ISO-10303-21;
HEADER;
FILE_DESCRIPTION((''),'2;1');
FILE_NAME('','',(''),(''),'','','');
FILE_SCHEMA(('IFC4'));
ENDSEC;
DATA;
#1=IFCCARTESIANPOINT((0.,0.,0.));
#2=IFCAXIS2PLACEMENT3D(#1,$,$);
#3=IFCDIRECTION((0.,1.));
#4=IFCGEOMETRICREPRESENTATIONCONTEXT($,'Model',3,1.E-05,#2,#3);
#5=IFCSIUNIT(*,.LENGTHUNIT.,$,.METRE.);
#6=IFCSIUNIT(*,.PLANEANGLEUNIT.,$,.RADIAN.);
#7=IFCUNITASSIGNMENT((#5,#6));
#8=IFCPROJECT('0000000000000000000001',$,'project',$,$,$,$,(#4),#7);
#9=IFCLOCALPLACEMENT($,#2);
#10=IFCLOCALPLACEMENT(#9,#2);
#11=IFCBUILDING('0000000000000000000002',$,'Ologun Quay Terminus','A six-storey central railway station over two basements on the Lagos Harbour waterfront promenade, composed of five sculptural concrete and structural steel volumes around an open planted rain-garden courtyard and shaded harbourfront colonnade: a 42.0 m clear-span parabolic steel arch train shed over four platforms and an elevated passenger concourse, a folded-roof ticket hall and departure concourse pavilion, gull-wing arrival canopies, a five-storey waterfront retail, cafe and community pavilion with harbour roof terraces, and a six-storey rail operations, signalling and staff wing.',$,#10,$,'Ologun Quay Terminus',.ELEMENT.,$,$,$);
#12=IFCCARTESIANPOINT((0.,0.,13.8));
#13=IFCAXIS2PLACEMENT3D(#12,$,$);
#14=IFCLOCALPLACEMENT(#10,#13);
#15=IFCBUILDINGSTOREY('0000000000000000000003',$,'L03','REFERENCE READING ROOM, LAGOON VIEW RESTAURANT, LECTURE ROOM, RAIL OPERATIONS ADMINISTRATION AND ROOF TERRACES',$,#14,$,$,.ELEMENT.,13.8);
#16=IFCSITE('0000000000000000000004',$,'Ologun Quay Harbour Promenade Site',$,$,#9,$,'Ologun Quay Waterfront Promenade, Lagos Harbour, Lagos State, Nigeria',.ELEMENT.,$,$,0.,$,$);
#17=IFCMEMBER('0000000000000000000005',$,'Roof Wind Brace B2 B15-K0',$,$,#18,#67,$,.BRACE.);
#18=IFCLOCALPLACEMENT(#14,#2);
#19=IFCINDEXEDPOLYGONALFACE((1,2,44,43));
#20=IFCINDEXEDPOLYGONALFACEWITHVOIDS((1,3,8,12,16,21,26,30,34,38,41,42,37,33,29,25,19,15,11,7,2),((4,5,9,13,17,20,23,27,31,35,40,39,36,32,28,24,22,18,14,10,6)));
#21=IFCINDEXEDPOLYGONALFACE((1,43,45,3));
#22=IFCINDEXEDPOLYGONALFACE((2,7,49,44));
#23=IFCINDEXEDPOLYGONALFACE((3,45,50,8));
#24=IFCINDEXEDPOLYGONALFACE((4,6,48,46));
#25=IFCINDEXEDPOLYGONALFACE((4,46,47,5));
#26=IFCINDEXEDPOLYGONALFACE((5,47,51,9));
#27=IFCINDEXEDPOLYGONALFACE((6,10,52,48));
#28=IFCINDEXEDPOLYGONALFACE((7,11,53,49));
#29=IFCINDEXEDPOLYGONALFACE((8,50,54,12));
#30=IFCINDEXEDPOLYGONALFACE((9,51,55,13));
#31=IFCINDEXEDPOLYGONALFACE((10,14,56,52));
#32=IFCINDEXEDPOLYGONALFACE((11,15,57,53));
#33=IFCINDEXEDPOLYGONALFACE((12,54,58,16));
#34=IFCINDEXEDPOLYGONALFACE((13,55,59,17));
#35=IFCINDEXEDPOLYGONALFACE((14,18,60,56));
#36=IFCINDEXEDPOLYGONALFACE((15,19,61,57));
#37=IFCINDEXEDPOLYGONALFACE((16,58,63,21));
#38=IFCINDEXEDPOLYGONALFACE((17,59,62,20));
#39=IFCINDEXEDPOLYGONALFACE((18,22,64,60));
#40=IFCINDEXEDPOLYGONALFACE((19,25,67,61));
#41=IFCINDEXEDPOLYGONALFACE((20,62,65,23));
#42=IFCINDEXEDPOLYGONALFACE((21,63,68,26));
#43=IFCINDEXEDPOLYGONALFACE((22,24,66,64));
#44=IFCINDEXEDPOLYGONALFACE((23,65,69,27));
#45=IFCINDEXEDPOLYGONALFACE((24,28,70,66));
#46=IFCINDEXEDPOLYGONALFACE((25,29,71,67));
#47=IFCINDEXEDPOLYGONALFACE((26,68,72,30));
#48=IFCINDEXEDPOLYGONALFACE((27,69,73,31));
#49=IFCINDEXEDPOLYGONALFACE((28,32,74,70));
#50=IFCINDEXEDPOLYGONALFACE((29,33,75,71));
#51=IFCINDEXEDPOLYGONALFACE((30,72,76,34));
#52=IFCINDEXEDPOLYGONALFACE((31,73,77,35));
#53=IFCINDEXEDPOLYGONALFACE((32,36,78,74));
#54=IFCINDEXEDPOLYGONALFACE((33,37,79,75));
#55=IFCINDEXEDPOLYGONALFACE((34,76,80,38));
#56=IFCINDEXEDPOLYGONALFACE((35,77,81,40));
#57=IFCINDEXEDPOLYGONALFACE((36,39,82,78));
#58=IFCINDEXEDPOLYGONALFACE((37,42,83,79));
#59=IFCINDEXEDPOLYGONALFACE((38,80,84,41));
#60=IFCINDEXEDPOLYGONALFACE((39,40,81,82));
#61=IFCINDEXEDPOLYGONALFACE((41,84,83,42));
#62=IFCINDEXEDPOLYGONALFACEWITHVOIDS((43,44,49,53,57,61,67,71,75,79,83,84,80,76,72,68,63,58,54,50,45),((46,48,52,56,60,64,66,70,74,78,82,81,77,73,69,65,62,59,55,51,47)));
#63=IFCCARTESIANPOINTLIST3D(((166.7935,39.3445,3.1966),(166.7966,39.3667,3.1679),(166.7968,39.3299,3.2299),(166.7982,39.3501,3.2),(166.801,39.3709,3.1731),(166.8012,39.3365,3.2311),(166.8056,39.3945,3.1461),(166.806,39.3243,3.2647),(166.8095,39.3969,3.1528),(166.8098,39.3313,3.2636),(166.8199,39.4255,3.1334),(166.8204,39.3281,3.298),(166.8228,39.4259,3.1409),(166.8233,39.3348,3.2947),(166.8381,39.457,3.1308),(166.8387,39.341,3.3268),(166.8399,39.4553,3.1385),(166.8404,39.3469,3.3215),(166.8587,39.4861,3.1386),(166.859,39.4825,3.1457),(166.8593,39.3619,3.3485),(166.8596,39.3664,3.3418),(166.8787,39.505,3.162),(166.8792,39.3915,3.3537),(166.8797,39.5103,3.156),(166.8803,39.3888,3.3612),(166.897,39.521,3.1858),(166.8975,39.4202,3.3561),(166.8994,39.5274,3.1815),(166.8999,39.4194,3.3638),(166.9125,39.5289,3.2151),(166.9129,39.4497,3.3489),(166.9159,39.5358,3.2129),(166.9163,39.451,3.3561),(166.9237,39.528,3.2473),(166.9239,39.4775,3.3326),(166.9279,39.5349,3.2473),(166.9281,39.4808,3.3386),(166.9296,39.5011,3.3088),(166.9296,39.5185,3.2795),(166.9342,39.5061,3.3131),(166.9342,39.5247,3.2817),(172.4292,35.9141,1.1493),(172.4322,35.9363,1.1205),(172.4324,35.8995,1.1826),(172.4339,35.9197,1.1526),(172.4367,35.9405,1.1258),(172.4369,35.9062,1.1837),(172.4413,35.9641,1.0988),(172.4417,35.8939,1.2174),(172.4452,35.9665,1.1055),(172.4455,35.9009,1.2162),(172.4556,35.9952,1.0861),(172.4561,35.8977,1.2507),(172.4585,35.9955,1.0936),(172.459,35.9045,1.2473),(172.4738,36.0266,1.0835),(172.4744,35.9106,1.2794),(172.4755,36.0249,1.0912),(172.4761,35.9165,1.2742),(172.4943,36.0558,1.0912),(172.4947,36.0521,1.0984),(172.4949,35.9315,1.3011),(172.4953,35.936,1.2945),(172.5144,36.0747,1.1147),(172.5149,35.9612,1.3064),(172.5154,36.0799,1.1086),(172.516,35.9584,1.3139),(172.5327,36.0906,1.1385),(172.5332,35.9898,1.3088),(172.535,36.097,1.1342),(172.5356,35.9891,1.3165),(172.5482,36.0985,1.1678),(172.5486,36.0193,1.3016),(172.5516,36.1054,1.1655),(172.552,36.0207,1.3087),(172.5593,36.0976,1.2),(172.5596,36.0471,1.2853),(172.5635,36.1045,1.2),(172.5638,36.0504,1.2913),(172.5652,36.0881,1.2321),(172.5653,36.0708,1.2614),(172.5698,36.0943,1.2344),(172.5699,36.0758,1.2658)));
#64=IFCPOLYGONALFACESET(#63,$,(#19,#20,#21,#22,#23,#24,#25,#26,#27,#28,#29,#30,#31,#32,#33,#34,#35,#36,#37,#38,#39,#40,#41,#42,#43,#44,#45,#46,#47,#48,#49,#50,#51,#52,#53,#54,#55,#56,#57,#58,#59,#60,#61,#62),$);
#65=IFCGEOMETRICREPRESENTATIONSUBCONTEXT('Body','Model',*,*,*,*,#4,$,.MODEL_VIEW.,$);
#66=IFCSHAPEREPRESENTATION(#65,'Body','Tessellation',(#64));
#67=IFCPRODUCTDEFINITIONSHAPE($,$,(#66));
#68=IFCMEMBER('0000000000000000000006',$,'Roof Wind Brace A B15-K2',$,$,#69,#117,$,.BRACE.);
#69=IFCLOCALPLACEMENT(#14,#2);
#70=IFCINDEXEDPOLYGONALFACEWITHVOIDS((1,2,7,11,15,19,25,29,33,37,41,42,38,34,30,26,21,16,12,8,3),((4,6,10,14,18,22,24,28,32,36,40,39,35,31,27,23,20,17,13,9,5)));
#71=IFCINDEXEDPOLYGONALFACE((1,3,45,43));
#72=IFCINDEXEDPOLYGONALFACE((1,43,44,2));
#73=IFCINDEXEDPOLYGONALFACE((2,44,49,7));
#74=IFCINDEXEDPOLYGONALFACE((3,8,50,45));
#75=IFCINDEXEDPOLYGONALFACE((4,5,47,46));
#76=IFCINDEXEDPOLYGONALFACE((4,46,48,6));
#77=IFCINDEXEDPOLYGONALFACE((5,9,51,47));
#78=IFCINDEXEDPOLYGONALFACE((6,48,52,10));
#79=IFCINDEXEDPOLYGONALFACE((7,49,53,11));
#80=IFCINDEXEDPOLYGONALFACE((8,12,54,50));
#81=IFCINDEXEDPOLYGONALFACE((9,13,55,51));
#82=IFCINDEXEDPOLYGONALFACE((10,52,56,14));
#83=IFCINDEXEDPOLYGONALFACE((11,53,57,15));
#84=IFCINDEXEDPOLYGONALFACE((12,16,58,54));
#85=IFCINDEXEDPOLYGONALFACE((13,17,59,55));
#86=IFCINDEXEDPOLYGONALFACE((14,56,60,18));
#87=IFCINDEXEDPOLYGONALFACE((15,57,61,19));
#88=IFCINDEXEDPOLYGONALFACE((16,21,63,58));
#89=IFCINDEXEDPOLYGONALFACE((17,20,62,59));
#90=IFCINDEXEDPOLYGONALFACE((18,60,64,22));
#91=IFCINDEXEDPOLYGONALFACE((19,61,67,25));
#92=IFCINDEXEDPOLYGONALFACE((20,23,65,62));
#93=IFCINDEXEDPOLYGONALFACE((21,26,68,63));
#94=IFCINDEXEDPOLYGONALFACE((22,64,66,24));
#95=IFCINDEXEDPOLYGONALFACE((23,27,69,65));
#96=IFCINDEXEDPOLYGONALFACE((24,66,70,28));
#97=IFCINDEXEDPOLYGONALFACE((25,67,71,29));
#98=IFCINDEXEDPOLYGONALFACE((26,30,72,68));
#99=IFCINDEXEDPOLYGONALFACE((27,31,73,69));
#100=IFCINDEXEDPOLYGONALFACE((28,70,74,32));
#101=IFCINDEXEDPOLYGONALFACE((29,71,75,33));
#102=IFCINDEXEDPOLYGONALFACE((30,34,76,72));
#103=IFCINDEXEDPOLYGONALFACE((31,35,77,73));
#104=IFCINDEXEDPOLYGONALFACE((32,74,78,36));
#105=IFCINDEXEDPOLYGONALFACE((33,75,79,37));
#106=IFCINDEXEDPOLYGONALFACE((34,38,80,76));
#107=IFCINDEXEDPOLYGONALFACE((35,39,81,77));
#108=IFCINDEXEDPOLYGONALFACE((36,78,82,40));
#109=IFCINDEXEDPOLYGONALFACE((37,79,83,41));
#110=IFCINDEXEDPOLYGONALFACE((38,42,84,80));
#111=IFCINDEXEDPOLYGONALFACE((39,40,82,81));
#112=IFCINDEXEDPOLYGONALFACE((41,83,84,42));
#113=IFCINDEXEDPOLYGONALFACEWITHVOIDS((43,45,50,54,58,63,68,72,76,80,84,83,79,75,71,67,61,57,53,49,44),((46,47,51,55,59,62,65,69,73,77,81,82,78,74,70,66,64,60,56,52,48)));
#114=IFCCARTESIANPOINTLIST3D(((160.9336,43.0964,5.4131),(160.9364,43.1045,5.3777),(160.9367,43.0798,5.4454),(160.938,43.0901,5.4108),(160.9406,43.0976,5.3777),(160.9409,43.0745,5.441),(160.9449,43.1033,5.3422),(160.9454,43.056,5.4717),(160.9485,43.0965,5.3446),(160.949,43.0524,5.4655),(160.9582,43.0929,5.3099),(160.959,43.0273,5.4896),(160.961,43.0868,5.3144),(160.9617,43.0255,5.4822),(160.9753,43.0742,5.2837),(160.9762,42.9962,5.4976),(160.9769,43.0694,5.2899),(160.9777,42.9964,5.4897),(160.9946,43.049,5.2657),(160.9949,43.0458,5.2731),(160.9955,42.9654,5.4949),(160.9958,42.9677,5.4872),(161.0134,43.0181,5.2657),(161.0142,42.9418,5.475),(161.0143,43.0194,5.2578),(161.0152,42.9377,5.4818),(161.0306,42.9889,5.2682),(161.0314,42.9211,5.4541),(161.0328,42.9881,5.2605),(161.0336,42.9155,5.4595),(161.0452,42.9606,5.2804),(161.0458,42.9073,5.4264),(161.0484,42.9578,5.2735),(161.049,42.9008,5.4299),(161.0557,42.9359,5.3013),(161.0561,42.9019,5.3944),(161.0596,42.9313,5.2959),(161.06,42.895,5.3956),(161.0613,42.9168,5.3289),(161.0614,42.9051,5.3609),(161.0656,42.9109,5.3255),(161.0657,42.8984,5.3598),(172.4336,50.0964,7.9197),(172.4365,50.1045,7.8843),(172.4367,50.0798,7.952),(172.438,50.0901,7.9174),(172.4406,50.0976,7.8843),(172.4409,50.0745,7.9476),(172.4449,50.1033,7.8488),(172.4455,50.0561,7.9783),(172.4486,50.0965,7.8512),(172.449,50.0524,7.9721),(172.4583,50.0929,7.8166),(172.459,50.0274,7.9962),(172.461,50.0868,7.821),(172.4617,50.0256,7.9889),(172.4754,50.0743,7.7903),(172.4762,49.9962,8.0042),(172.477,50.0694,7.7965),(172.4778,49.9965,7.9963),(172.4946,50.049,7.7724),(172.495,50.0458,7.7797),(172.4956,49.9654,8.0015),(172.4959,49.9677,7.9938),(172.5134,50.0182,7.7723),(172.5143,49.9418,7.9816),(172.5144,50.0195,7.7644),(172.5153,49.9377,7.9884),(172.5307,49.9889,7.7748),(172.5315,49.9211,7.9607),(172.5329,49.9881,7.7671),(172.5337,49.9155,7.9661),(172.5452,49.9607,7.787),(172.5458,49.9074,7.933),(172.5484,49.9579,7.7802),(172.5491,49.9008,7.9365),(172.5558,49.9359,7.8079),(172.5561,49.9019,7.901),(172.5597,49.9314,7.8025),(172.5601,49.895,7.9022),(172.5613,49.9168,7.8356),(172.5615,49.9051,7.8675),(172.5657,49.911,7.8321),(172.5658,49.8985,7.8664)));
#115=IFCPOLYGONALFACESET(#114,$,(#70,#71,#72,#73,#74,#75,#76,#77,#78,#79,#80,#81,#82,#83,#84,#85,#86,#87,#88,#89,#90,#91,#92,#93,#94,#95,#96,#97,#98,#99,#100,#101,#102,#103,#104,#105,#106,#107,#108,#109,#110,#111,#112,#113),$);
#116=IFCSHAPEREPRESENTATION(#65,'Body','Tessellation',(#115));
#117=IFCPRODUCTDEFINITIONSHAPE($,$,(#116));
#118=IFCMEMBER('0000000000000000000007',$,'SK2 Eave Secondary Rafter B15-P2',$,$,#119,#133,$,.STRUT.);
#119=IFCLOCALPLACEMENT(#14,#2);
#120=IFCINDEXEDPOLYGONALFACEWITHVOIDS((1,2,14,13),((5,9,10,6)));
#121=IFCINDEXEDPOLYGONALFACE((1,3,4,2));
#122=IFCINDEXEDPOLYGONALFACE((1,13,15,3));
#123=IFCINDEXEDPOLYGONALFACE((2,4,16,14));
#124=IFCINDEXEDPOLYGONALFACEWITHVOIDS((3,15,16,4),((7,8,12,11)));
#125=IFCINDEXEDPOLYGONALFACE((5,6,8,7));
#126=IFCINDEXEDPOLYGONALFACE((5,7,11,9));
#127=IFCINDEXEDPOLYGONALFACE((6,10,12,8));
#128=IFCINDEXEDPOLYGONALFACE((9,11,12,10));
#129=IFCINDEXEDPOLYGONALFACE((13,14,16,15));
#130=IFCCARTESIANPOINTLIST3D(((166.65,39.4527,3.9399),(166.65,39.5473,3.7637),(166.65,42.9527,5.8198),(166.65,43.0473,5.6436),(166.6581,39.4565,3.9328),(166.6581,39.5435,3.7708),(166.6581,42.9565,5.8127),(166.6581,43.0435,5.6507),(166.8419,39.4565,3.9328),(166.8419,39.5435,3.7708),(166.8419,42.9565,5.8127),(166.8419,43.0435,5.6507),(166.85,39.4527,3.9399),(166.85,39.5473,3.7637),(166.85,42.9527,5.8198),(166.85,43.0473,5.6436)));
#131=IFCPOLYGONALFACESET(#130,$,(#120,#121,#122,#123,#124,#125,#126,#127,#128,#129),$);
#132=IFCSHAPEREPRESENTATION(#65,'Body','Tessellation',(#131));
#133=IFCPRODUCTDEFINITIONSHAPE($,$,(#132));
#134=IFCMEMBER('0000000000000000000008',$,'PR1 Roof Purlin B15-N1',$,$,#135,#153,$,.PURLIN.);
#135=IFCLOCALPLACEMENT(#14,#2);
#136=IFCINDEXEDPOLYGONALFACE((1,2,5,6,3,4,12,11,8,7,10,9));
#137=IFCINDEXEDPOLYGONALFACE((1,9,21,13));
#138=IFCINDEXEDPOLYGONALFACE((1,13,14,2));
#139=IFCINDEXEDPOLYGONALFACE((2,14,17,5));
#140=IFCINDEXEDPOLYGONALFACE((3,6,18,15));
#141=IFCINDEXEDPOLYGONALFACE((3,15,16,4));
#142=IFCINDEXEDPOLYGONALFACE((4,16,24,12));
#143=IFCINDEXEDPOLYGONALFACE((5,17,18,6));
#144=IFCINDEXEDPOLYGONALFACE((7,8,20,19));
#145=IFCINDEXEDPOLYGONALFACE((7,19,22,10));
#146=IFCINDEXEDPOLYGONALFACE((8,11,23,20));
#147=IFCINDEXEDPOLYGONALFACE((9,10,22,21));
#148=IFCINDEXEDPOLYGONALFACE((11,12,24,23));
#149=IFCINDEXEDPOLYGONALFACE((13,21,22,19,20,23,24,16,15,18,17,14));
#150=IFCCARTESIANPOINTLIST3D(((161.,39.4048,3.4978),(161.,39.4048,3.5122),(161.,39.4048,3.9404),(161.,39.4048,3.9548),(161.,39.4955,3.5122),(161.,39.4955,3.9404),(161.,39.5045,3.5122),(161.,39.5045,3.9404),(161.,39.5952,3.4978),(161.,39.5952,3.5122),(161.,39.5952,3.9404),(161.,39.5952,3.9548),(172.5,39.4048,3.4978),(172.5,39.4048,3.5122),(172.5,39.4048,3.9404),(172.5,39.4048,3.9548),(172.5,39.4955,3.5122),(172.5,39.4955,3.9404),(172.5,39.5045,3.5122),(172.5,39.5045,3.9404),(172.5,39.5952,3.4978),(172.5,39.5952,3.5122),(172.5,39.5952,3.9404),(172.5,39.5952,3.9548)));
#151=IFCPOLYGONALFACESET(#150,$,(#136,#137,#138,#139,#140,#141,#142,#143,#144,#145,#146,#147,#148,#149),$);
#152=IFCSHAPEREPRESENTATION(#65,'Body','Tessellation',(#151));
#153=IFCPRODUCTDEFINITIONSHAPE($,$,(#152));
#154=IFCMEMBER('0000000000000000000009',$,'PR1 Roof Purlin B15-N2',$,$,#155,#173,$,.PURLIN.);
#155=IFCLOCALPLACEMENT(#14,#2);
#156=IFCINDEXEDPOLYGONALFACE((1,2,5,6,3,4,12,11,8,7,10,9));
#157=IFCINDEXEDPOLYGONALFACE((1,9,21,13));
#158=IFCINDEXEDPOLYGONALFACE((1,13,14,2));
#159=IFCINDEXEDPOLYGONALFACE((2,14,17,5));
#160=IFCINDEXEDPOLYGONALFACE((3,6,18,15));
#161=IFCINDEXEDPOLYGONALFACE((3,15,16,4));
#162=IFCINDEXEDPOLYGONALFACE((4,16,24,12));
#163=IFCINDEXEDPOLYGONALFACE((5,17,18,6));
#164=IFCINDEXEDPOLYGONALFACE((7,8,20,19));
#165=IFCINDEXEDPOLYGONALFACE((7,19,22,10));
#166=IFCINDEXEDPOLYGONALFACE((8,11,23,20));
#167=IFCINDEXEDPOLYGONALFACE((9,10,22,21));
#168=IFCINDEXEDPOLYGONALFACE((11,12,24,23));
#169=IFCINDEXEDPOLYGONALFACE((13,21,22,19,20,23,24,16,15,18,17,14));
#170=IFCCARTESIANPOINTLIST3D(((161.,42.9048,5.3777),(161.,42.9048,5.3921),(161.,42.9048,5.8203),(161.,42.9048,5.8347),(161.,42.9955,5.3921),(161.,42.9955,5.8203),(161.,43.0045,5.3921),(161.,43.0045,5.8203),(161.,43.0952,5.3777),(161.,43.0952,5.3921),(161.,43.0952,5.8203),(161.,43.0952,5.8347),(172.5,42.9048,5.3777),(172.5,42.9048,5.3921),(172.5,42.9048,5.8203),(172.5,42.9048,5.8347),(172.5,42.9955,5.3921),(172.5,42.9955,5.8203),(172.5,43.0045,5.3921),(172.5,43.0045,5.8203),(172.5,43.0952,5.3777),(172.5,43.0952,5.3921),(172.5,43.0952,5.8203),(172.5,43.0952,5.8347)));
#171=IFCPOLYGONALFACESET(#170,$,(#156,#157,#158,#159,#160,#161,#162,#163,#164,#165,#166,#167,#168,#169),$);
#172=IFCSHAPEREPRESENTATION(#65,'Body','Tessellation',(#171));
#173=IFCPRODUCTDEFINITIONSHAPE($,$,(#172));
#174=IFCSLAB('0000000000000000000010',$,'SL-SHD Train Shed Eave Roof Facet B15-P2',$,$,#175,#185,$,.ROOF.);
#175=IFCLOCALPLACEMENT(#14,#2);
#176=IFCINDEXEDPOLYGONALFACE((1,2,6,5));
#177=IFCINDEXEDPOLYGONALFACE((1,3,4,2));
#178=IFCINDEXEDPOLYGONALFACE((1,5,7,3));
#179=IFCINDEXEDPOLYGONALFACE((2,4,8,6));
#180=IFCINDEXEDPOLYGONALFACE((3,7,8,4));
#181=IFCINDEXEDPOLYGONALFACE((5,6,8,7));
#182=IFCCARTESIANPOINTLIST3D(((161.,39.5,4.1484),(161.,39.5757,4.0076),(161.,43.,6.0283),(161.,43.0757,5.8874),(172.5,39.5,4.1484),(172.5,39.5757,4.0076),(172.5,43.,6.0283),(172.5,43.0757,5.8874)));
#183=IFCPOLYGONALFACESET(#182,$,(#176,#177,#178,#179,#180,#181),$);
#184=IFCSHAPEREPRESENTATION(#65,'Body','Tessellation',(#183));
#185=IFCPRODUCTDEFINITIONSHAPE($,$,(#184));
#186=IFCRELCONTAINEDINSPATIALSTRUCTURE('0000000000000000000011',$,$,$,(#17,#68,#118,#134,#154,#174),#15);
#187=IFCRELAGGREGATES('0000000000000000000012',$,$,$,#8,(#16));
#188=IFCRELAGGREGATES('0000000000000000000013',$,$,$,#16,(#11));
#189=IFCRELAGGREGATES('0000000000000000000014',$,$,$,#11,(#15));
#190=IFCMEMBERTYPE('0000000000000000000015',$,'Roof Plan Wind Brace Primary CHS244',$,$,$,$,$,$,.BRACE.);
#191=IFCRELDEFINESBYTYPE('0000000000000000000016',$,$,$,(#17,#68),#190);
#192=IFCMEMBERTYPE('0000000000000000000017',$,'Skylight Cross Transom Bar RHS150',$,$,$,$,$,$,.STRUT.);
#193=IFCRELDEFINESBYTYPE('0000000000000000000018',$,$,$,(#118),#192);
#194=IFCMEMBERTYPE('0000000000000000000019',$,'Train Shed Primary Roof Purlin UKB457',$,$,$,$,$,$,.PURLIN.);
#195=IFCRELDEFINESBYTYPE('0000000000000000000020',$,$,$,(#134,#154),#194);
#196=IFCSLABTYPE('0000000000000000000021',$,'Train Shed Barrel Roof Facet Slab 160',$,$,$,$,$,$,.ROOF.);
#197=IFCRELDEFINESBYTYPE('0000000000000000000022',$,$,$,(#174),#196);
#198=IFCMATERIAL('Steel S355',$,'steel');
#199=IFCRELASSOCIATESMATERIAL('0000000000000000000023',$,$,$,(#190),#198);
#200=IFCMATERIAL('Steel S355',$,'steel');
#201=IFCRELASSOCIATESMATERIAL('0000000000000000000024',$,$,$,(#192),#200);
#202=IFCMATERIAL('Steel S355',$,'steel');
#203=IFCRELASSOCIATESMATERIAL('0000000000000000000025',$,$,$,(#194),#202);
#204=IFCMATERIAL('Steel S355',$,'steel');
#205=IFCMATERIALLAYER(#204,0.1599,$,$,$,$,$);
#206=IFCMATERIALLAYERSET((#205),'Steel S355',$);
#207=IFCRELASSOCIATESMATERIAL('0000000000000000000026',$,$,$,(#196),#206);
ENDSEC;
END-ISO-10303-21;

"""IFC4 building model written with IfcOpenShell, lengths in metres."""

from ifc_helpers import new_model, si_unit, direction, frame, origin, origin_2d, place, context, subcontext, project, spatial, polyline, hollow_rectangle, hollow_circle, i_section, outline, extrude, material, layer, layer_set, material_profile, profile_set, type_object, element, save


model = new_model("IFC4")

# Units and contexts
model_context = context("Model", 3, precision=1e-05, world=origin(), true_north=direction((0.0, 1.0)))
body_context = subcontext(model_context, "Body", "Model", "MODEL_VIEW")
ifc_project = project(units=[si_unit("LENGTHUNIT", "METRE"), si_unit("PLANEANGLEUNIT", "RADIAN")], contexts=[model_context])

# Site, building, storey
site_placement = place(None, origin())
site = spatial("IfcSite", under=ifc_project, at=site_placement, Name="Ologun Quay Harbour Promenade Site", LongName="Ologun Quay Waterfront Promenade, Lagos Harbour, Lagos State, Nigeria", CompositionType="ELEMENT", RefElevation=0.0)
building_placement = place(site_placement, origin())
building = spatial("IfcBuilding", under=site, at=building_placement, Name="Ologun Quay Terminus", Description="A six-storey central railway station over two basements on the Lagos Harbour waterfront promenade, composed of five sculptural concrete and structural steel volumes around an open planted rain-garden courtyard and shaded harbourfront colonnade: a 42.0 m clear-span parabolic steel arch train shed over four platforms and an elevated passenger concourse, a folded-roof ticket hall and departure concourse pavilion, gull-wing arrival canopies, a five-storey waterfront retail, cafe and community pavilion with harbour roof terraces, and a six-storey rail operations, signalling and staff wing.", LongName="Ologun Quay Terminus", CompositionType="ELEMENT")
storey_placement = place(building_placement, frame((0.0, 0.0, 13.8)))
storey = spatial("IfcBuildingStorey", under=building, at=storey_placement, Name="L03", Description="REFERENCE READING ROOM, LAGOON VIEW RESTAURANT, LECTURE ROOM, RAIL OPERATIONS ADMINISTRATION AND ROOF TERRACES", CompositionType="ELEMENT", Elevation=13.8)

# Members
ifc_material_1 = material(Name="Steel S355", Category="steel")
ifc_material_profile_1 = material_profile(ifc_material_1, hollow_circle(Radius=0.1223, WallThickness=0.0081, at=origin_2d()), Name="CHS 244.5x8")
ifc_profile_set_1 = profile_set([ifc_material_profile_1], Name="Steel S355")
member_type_1 = type_object("IfcMemberType", Name="Roof Plan Wind Brace Primary CHS244", PredefinedType="BRACE", material=ifc_profile_set_1)
for number, where, z_axis, x_axis, name in (
    (1, (166.8643, 39.4304, 3.2473), (0.815823, -0.496583, -0.296374), (0.519943, 0.854201, 0.0), "Roof Wind Brace B2 B15-K0"),
):
    element("IfcMember", number, at=place(storey_placement, frame(where, z_axis=z_axis, x_axis=x_axis)), inside=storey, type_object=member_type_1, Name=name, PredefinedType="BRACE", context=body_context, shape_type="SweptSolid", body=[
        extrude(hollow_circle(Radius=0.1223, WallThickness=0.0081, at=origin_2d()), origin(), (0.0, 0.0, 1.0), 6.908),
    ])
member_1_placement = place(storey_placement, frame((161.0, 43.0, 5.3777), z_axis=(0.839767, 0.511163, 0.183039), x_axis=(-0.519947, 0.854199, 0.0)))
element("IfcMember", 2, at=member_1_placement, inside=storey, type_object=member_type_1, Name="Roof Wind Brace A B15-K2", PredefinedType="BRACE", context=body_context, shape_type="SweptSolid", body=[
    extrude(hollow_circle(Radius=0.1223, WallThickness=0.0081, at=origin_2d()), origin(), (0.0, 0.0, 1.0), 13.6943),
])
ifc_material_2 = material(Name="Steel S355", Category="steel")
ifc_material_profile_2 = material_profile(ifc_material_2, hollow_rectangle(XDim=0.2, YDim=0.2, WallThickness=0.0081, at=origin_2d()), Name="SHS 200x200x8")
ifc_profile_set_2 = profile_set([ifc_material_profile_2], Name="Steel S355")
member_type_2 = type_object("IfcMemberType", Name="Skylight Cross Transom Bar RHS150", PredefinedType="STRUT", material=ifc_profile_set_2)
member_2_placement = place(storey_placement, frame((166.75, 39.5, 3.8518), z_axis=(0.0, 0.880968, 0.473176), x_axis=(-1.0, 0.0, 0.0)))
element("IfcMember", 3, at=member_2_placement, inside=storey, type_object=member_type_2, Name="SK2 Eave Secondary Rafter B15-P2", PredefinedType="STRUT", context=body_context, shape_type="SweptSolid", body=[
    extrude(hollow_rectangle(XDim=0.2, YDim=0.2, WallThickness=0.0081, at=origin_2d()), origin(), (0.0, 0.0, 1.0), 3.9729),
])
ifc_material_3 = material(Name="Steel S355", Category="steel")
ifc_material_profile_3 = material_profile(ifc_material_3, i_section(OverallWidth=0.1904, OverallDepth=0.457, WebThickness=0.009, FlangeThickness=0.0144, at=origin_2d()), Name="UKB 457x191x74")
ifc_profile_set_3 = profile_set([ifc_material_profile_3], Name="Steel S355")
member_type_3 = type_object("IfcMemberType", Name="Train Shed Primary Roof Purlin UKB457", PredefinedType="PURLIN", material=ifc_profile_set_3)
for number, where, z_axis, x_axis, name in (
    (4, (161.0, 39.5, 3.7263), (1.0, 0.0, 0.0), (0.0, 1.0, 0.0), "PR1 Roof Purlin B15-N1"),
    (5, (161.0, 43.0, 5.6062), (1.0, 0.0, 0.0), (0.0, 1.0, 0.0), "PR1 Roof Purlin B15-N2"),
):
    element("IfcMember", number, at=place(storey_placement, frame(where, z_axis=z_axis, x_axis=x_axis)), inside=storey, type_object=member_type_3, Name=name, PredefinedType="PURLIN", context=body_context, shape_type="SweptSolid", body=[
        extrude(i_section(OverallWidth=0.1904, OverallDepth=0.457, WebThickness=0.009, FlangeThickness=0.0144, at=origin_2d()), origin(), (0.0, 0.0, 1.0), 11.5),
    ])

# Slab
ifc_material_4 = material(Name="Steel S355", Category="steel")
ifc_layer = layer(ifc_material_4, 0.1599)
ifc_layer_set = layer_set([ifc_layer], Name="Steel S355")
slab_type = type_object("IfcSlabType", Name="Train Shed Barrel Roof Facet Slab 160", PredefinedType="ROOF", material=ifc_layer_set)
slab_placement = place(storey_placement, frame((161.0, 39.5, 4.1484), z_axis=(0.0, -0.473176, 0.880968), x_axis=(1.0, 0.0, 0.0)))
element("IfcSlab", 6, at=slab_placement, inside=storey, type_object=slab_type, Name="SL-SHD Train Shed Eave Roof Facet B15-P2", PredefinedType="ROOF", context=body_context, shape_type="SweptSolid", body=[
    extrude(outline(polyline([(0.0, 0.0), (11.5, 0.0), (11.5, 3.9729), (0.0, 3.9729), (0.0, 0.0)])), origin(), (0.0, 0.0, -1.0), 0.1599),
])

save(model, "model.ifc")
